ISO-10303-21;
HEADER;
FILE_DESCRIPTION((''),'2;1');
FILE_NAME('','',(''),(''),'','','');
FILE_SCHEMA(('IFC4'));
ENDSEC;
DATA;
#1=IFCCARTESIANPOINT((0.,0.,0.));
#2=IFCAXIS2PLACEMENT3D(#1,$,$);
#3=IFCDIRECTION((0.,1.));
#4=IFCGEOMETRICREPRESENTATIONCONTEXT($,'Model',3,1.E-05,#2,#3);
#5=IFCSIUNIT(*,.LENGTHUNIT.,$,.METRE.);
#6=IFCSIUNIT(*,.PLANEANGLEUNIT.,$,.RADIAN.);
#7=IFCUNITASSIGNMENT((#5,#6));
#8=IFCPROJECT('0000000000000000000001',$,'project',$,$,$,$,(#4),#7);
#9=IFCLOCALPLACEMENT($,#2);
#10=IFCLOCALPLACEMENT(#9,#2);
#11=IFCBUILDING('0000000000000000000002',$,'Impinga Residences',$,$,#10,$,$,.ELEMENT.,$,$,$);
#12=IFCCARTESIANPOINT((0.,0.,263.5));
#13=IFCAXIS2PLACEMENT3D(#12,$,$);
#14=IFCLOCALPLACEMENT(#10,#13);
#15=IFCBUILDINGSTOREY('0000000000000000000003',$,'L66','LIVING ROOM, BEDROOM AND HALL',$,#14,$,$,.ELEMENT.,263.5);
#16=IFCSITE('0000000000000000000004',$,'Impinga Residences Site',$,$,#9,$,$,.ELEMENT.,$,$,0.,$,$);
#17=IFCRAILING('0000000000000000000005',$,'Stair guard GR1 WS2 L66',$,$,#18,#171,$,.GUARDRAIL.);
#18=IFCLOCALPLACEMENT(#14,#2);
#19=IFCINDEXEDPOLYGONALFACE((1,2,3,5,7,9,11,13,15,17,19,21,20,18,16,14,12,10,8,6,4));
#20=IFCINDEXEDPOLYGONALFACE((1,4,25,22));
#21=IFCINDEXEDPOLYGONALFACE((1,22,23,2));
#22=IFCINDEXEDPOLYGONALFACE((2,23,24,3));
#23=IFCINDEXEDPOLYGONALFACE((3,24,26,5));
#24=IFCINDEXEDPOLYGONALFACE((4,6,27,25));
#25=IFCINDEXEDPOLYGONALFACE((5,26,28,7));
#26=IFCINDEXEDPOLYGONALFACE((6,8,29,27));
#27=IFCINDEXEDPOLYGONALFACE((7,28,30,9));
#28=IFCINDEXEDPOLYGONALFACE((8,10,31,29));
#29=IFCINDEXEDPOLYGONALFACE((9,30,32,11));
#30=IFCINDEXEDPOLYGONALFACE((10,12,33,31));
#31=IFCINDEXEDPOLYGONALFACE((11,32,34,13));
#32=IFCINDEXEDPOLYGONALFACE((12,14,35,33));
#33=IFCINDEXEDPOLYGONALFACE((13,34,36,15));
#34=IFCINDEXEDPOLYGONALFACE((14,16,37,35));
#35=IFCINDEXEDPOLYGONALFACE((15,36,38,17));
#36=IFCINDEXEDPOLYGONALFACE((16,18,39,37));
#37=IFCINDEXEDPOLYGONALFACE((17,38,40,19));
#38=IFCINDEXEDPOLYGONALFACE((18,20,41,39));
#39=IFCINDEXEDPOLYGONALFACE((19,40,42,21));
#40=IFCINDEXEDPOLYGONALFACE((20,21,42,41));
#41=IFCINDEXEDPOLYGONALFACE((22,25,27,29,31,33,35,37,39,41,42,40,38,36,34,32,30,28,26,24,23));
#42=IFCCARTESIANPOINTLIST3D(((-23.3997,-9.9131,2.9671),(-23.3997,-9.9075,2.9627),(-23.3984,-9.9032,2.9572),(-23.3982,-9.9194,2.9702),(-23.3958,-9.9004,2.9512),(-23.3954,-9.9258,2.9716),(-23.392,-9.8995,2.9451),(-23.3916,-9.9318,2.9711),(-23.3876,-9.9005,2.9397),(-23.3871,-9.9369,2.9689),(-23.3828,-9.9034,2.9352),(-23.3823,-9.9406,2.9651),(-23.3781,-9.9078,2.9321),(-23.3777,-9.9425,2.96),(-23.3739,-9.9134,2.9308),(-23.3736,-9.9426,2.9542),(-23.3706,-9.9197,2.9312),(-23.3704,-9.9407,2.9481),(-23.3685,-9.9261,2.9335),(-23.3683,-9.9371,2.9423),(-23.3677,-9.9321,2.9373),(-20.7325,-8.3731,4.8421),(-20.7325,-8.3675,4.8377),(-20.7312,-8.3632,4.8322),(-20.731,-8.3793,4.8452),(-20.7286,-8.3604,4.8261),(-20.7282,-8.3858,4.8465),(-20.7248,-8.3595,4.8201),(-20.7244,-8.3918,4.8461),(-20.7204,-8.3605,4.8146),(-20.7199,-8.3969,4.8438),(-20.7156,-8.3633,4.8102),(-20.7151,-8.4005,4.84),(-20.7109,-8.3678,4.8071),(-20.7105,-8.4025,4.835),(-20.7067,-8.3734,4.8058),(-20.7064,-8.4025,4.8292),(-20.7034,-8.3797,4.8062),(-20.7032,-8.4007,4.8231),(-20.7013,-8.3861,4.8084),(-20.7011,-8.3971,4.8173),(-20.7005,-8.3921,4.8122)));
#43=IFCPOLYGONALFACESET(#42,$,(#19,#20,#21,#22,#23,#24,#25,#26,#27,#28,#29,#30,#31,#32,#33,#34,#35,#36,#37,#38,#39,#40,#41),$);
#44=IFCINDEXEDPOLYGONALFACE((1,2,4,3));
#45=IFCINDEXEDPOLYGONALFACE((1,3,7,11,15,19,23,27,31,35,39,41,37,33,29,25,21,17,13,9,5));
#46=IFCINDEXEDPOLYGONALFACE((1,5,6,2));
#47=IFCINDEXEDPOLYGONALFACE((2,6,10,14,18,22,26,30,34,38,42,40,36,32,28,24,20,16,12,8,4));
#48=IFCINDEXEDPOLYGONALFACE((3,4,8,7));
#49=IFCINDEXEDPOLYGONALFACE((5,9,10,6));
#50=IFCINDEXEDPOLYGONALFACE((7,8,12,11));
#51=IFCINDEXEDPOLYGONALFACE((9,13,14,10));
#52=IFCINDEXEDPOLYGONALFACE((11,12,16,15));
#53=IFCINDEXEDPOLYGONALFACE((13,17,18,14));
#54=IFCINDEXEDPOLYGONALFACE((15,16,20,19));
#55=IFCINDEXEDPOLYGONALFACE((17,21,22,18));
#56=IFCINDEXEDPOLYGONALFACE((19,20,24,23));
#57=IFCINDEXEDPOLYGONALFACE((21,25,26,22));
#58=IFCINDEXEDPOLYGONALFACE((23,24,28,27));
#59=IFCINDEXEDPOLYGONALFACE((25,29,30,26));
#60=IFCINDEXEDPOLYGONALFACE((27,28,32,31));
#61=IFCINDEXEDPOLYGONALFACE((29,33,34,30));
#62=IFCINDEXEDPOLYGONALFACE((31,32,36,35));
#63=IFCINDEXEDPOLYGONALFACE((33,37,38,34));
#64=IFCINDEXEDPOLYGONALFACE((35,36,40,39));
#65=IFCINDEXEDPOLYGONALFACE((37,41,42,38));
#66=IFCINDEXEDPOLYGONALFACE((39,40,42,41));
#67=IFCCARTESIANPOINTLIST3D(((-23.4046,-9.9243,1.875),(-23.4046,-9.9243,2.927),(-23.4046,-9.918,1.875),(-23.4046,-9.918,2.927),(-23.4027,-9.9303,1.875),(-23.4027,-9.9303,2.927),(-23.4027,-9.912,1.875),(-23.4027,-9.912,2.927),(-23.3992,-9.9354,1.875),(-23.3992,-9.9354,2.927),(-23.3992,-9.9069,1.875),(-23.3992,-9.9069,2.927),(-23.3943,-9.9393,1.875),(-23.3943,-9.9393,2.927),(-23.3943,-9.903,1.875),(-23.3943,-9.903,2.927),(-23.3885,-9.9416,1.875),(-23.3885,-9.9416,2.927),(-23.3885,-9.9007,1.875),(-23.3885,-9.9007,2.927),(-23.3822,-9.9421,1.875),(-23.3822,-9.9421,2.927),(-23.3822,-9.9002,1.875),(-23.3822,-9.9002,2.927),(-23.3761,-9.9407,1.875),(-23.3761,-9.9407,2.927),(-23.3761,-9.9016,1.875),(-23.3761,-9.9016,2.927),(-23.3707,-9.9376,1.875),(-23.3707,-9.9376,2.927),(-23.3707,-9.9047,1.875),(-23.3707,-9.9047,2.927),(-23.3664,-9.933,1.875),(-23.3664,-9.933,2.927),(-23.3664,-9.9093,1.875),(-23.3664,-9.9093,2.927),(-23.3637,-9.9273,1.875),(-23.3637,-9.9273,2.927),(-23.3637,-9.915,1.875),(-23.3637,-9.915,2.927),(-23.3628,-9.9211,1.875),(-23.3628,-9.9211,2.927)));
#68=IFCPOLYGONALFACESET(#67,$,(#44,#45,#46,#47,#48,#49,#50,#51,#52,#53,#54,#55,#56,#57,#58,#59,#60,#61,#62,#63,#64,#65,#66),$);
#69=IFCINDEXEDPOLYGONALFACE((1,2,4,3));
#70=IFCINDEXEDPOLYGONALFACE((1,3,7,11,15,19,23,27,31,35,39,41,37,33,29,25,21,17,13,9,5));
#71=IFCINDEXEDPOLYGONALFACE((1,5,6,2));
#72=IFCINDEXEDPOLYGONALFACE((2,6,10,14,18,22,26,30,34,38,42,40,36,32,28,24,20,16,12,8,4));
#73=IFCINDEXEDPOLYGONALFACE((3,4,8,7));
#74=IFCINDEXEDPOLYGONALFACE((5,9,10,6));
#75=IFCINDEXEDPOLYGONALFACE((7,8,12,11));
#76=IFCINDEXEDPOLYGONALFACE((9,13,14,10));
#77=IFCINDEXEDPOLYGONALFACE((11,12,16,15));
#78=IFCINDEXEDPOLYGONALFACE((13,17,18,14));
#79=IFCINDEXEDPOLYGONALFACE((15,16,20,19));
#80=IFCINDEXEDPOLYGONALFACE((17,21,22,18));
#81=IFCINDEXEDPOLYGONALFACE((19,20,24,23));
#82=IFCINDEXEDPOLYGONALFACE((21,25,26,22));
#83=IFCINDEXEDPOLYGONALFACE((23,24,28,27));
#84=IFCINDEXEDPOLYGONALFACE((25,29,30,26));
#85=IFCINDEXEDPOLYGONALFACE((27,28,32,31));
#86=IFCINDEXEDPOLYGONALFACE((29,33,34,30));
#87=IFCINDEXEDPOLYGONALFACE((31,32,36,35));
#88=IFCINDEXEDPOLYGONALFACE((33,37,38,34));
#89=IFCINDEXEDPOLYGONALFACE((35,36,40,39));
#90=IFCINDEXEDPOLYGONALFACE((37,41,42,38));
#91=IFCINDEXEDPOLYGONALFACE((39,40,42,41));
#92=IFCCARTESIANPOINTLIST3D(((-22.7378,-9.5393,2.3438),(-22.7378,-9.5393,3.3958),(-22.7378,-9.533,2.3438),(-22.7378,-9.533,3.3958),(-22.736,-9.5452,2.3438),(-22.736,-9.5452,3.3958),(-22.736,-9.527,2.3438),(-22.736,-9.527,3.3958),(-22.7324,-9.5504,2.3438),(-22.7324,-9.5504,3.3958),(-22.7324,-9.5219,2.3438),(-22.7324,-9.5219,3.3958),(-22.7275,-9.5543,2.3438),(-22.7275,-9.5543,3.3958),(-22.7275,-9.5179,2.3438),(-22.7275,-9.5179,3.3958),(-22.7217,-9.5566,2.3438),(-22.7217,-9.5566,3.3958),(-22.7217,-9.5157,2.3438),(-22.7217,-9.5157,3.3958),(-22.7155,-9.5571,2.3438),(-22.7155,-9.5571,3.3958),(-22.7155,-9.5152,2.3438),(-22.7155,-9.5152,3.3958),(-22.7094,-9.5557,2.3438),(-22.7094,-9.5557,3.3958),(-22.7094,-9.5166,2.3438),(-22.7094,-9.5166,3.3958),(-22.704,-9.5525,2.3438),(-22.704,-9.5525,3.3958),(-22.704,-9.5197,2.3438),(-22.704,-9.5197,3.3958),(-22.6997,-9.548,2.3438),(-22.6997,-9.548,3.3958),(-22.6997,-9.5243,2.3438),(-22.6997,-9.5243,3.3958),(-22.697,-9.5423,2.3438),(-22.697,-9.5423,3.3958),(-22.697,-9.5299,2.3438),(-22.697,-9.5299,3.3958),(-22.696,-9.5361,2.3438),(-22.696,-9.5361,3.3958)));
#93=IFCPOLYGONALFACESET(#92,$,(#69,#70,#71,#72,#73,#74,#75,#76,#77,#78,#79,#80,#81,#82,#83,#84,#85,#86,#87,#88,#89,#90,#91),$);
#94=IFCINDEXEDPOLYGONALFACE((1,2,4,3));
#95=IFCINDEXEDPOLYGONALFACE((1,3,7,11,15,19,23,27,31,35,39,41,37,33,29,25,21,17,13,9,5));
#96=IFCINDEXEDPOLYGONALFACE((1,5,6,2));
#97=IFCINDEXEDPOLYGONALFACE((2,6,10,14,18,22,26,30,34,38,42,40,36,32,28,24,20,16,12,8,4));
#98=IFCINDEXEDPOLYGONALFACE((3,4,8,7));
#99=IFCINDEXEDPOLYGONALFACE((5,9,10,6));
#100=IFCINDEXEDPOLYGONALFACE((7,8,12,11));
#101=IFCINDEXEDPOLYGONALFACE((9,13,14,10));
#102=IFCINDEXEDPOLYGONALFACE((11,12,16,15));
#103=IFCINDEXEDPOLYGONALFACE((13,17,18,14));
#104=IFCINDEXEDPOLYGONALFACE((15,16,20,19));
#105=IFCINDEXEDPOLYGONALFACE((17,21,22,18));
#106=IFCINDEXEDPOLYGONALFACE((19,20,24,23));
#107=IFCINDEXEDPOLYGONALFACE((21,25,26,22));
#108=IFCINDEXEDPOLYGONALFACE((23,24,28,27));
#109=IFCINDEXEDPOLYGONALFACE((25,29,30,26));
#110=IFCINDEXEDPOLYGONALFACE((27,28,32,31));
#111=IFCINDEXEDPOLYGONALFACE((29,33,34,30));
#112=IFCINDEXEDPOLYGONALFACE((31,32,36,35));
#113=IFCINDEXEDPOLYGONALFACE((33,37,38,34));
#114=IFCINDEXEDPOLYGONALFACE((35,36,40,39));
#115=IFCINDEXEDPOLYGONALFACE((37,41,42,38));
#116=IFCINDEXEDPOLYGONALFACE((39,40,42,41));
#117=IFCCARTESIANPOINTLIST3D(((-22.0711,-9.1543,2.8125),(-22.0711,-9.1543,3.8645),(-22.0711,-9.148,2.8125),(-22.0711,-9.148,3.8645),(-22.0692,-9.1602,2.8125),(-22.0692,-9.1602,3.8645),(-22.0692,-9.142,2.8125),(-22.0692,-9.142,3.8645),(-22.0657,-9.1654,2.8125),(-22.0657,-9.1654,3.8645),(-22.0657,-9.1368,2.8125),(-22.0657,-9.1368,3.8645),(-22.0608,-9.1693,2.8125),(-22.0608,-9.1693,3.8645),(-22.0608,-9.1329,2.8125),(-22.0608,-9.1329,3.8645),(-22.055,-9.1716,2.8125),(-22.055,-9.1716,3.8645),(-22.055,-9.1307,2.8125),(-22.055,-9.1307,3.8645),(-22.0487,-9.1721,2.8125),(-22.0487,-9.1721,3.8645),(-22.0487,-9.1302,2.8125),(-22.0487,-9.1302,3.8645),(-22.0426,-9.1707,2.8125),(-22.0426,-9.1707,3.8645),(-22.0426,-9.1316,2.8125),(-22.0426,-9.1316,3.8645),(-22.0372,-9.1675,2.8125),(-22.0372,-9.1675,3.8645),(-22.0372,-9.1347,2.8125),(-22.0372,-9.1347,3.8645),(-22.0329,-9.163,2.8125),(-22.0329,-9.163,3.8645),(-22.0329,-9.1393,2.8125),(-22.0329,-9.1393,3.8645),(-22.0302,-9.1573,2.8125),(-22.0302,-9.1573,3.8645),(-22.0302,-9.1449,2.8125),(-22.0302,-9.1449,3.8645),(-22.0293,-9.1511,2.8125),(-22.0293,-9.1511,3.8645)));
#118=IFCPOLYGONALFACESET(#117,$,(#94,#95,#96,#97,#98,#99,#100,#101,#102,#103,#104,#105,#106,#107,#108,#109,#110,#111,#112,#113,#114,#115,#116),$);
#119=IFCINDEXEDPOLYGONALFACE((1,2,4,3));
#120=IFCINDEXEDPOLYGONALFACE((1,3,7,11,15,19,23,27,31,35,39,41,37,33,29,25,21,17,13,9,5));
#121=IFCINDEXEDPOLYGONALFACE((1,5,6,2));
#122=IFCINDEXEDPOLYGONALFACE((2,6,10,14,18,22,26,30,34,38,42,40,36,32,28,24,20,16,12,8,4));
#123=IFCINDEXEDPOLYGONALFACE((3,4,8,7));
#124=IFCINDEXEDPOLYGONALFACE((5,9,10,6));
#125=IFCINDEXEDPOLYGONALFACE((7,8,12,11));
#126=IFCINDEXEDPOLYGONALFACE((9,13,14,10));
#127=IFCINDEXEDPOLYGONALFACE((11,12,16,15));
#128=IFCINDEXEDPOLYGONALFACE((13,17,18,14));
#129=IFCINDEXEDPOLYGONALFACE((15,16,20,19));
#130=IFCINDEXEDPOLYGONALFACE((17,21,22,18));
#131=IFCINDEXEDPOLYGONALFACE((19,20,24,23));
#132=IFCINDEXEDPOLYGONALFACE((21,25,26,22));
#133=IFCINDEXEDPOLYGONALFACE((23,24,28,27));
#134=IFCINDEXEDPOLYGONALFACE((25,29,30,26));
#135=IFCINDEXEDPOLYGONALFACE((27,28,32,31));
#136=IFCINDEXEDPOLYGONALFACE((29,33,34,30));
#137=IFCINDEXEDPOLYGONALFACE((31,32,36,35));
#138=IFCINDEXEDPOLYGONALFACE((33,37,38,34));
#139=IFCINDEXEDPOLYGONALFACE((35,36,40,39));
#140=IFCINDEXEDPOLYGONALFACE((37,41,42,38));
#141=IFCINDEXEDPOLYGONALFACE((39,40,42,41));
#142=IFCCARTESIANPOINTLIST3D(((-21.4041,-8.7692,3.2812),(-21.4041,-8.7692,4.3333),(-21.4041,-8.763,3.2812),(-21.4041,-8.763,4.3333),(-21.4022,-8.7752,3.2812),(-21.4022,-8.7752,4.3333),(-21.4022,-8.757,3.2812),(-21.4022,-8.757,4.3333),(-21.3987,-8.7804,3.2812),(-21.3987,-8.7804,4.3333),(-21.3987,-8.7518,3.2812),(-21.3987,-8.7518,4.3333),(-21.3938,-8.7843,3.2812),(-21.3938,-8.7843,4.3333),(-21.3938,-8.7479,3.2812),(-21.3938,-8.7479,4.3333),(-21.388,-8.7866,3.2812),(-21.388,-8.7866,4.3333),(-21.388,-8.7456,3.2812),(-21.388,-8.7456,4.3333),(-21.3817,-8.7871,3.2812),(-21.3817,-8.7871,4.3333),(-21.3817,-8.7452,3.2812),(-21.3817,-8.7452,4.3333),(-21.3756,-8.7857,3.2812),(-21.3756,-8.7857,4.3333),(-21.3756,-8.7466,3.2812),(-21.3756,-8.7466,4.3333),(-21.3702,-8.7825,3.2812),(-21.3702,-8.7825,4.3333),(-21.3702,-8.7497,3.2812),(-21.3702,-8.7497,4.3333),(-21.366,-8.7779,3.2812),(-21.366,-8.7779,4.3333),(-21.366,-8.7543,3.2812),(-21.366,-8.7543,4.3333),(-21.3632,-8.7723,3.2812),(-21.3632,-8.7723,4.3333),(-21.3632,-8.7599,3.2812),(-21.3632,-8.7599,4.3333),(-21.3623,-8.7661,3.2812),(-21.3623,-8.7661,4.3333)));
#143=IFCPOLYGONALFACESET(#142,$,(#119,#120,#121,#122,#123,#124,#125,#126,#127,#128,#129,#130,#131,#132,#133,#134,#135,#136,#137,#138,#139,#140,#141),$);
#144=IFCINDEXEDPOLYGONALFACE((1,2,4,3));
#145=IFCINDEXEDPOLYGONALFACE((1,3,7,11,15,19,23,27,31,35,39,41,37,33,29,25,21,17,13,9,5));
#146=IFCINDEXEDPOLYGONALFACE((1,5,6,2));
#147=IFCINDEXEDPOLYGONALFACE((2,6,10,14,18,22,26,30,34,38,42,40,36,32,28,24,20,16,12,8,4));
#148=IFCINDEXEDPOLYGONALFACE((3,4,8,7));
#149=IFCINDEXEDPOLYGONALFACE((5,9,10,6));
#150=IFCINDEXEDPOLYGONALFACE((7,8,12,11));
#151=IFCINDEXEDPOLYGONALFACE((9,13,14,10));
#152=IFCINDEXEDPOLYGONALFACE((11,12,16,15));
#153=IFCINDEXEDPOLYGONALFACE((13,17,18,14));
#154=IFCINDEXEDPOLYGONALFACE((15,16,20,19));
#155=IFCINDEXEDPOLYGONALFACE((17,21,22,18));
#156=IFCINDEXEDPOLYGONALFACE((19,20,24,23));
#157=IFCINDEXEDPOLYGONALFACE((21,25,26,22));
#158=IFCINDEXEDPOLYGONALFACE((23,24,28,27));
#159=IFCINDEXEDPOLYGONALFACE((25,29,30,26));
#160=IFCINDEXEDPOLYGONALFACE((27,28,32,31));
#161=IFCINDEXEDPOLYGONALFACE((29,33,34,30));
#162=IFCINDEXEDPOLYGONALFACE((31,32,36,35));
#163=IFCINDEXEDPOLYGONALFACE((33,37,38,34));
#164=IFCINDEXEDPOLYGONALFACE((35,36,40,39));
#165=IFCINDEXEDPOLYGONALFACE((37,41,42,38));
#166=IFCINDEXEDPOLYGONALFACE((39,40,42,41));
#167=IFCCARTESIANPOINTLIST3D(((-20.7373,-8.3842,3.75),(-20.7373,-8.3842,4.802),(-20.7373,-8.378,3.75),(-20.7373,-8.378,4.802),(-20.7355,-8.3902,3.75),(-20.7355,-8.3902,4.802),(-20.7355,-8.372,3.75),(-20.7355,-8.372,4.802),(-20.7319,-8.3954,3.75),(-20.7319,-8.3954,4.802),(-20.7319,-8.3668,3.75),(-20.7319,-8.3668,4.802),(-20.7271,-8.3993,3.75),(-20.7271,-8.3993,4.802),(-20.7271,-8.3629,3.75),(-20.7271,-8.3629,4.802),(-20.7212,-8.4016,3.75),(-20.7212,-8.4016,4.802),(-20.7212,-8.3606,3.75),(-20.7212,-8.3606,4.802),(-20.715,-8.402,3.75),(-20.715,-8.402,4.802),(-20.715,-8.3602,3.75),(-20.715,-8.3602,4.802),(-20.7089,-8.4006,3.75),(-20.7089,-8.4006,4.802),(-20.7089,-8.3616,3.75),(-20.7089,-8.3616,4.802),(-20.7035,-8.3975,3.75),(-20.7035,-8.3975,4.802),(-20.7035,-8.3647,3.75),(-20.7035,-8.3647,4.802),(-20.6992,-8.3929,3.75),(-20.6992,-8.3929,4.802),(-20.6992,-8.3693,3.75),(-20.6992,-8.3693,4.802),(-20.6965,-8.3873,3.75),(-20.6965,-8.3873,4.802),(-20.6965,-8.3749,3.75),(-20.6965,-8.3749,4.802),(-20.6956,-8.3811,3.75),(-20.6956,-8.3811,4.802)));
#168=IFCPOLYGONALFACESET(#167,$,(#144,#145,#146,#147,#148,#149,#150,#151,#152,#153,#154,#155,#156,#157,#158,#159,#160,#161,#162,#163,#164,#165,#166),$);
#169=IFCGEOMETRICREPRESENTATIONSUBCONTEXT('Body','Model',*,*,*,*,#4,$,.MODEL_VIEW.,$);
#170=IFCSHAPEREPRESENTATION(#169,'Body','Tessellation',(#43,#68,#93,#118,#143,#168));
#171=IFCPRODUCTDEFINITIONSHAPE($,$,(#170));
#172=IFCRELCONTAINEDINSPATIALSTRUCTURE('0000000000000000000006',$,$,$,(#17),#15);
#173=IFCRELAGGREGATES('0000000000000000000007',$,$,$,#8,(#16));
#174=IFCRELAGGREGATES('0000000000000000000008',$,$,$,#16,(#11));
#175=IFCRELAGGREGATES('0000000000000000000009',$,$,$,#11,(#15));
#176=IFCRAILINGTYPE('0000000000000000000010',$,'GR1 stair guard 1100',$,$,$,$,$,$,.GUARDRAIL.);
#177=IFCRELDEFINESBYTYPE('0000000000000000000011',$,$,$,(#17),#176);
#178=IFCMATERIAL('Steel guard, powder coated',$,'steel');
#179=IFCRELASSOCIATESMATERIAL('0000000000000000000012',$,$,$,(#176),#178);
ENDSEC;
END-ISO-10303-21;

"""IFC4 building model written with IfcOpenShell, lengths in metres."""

from ifc_helpers import new_model, si_unit, direction, frame, origin, origin_2d, place, context, subcontext, project, spatial, circle, extrude, material, type_object, element, save


model = new_model("IFC4")

# Units and contexts
model_context = context("Model", 3, precision=1e-05, world=origin(), true_north=direction((0.0, 1.0)))
body_context = subcontext(model_context, "Body", "Model", "MODEL_VIEW")
ifc_project = project(units=[si_unit("LENGTHUNIT", "METRE"), si_unit("PLANEANGLEUNIT", "RADIAN")], contexts=[model_context])

# Site, building, storey
site_placement = place(None, origin())
site = spatial("IfcSite", under=ifc_project, at=site_placement, Name="Impinga Residences Site", CompositionType="ELEMENT", RefElevation=0.0)
building_placement = place(site_placement, origin())
building = spatial("IfcBuilding", under=site, at=building_placement, Name="Impinga Residences", CompositionType="ELEMENT")
storey_placement = place(building_placement, frame((0.0, 0.0, 263.5)))
storey = spatial("IfcBuildingStorey", under=building, at=storey_placement, Name="L66", Description="LIVING ROOM, BEDROOM AND HALL", CompositionType="ELEMENT", Elevation=263.5)

# Railing
ifc_material_1 = material(Name="Steel guard, powder coated", Category="steel")
railing_type_1 = type_object("IfcRailingType", Name="GR1 stair guard 1100", PredefinedType="GUARDRAIL", material=ifc_material_1)
railing_1_placement = place(storey_placement, frame((-23.3838, -9.9211, 1.875)))
element("IfcRailing", 1, at=railing_1_placement, inside=storey, type_object=railing_type_1, Name="Stair guard GR1 WS2 L66", PredefinedType="GUARDRAIL", context=body_context, shape_type="SweptSolid", body=[
    extrude(circle(Radius=0.0239, at=origin_2d()), frame((0.0, 0.0, 1.0762), z_axis=(0.739716, 0.427105, 0.520002), x_axis=(-0.500027, 0.86601, 0.0)), (0.0, 0.0, 1.0), 3.6057),
    extrude(circle(Radius=0.021, at=origin_2d()), origin(), (0.0, 0.0, 1.0), 1.052),
    extrude(circle(Radius=0.021, at=origin_2d()), frame((0.6667, 0.385, 0.4688)), (0.0, 0.0, 1.0), 1.052),
    extrude(circle(Radius=0.021, at=origin_2d()), frame((1.3335, 0.77, 0.9375)), (0.0, 0.0, 1.0), 1.052),
    extrude(circle(Radius=0.021, at=origin_2d()), frame((2.0005, 1.155, 1.4062)), (0.0, 0.0, 1.0), 1.052),
    extrude(circle(Radius=0.021, at=origin_2d()), frame((2.6672, 1.54, 1.875)), (0.0, 0.0, 1.0), 1.052),
])

save(model, "model.ifc")
